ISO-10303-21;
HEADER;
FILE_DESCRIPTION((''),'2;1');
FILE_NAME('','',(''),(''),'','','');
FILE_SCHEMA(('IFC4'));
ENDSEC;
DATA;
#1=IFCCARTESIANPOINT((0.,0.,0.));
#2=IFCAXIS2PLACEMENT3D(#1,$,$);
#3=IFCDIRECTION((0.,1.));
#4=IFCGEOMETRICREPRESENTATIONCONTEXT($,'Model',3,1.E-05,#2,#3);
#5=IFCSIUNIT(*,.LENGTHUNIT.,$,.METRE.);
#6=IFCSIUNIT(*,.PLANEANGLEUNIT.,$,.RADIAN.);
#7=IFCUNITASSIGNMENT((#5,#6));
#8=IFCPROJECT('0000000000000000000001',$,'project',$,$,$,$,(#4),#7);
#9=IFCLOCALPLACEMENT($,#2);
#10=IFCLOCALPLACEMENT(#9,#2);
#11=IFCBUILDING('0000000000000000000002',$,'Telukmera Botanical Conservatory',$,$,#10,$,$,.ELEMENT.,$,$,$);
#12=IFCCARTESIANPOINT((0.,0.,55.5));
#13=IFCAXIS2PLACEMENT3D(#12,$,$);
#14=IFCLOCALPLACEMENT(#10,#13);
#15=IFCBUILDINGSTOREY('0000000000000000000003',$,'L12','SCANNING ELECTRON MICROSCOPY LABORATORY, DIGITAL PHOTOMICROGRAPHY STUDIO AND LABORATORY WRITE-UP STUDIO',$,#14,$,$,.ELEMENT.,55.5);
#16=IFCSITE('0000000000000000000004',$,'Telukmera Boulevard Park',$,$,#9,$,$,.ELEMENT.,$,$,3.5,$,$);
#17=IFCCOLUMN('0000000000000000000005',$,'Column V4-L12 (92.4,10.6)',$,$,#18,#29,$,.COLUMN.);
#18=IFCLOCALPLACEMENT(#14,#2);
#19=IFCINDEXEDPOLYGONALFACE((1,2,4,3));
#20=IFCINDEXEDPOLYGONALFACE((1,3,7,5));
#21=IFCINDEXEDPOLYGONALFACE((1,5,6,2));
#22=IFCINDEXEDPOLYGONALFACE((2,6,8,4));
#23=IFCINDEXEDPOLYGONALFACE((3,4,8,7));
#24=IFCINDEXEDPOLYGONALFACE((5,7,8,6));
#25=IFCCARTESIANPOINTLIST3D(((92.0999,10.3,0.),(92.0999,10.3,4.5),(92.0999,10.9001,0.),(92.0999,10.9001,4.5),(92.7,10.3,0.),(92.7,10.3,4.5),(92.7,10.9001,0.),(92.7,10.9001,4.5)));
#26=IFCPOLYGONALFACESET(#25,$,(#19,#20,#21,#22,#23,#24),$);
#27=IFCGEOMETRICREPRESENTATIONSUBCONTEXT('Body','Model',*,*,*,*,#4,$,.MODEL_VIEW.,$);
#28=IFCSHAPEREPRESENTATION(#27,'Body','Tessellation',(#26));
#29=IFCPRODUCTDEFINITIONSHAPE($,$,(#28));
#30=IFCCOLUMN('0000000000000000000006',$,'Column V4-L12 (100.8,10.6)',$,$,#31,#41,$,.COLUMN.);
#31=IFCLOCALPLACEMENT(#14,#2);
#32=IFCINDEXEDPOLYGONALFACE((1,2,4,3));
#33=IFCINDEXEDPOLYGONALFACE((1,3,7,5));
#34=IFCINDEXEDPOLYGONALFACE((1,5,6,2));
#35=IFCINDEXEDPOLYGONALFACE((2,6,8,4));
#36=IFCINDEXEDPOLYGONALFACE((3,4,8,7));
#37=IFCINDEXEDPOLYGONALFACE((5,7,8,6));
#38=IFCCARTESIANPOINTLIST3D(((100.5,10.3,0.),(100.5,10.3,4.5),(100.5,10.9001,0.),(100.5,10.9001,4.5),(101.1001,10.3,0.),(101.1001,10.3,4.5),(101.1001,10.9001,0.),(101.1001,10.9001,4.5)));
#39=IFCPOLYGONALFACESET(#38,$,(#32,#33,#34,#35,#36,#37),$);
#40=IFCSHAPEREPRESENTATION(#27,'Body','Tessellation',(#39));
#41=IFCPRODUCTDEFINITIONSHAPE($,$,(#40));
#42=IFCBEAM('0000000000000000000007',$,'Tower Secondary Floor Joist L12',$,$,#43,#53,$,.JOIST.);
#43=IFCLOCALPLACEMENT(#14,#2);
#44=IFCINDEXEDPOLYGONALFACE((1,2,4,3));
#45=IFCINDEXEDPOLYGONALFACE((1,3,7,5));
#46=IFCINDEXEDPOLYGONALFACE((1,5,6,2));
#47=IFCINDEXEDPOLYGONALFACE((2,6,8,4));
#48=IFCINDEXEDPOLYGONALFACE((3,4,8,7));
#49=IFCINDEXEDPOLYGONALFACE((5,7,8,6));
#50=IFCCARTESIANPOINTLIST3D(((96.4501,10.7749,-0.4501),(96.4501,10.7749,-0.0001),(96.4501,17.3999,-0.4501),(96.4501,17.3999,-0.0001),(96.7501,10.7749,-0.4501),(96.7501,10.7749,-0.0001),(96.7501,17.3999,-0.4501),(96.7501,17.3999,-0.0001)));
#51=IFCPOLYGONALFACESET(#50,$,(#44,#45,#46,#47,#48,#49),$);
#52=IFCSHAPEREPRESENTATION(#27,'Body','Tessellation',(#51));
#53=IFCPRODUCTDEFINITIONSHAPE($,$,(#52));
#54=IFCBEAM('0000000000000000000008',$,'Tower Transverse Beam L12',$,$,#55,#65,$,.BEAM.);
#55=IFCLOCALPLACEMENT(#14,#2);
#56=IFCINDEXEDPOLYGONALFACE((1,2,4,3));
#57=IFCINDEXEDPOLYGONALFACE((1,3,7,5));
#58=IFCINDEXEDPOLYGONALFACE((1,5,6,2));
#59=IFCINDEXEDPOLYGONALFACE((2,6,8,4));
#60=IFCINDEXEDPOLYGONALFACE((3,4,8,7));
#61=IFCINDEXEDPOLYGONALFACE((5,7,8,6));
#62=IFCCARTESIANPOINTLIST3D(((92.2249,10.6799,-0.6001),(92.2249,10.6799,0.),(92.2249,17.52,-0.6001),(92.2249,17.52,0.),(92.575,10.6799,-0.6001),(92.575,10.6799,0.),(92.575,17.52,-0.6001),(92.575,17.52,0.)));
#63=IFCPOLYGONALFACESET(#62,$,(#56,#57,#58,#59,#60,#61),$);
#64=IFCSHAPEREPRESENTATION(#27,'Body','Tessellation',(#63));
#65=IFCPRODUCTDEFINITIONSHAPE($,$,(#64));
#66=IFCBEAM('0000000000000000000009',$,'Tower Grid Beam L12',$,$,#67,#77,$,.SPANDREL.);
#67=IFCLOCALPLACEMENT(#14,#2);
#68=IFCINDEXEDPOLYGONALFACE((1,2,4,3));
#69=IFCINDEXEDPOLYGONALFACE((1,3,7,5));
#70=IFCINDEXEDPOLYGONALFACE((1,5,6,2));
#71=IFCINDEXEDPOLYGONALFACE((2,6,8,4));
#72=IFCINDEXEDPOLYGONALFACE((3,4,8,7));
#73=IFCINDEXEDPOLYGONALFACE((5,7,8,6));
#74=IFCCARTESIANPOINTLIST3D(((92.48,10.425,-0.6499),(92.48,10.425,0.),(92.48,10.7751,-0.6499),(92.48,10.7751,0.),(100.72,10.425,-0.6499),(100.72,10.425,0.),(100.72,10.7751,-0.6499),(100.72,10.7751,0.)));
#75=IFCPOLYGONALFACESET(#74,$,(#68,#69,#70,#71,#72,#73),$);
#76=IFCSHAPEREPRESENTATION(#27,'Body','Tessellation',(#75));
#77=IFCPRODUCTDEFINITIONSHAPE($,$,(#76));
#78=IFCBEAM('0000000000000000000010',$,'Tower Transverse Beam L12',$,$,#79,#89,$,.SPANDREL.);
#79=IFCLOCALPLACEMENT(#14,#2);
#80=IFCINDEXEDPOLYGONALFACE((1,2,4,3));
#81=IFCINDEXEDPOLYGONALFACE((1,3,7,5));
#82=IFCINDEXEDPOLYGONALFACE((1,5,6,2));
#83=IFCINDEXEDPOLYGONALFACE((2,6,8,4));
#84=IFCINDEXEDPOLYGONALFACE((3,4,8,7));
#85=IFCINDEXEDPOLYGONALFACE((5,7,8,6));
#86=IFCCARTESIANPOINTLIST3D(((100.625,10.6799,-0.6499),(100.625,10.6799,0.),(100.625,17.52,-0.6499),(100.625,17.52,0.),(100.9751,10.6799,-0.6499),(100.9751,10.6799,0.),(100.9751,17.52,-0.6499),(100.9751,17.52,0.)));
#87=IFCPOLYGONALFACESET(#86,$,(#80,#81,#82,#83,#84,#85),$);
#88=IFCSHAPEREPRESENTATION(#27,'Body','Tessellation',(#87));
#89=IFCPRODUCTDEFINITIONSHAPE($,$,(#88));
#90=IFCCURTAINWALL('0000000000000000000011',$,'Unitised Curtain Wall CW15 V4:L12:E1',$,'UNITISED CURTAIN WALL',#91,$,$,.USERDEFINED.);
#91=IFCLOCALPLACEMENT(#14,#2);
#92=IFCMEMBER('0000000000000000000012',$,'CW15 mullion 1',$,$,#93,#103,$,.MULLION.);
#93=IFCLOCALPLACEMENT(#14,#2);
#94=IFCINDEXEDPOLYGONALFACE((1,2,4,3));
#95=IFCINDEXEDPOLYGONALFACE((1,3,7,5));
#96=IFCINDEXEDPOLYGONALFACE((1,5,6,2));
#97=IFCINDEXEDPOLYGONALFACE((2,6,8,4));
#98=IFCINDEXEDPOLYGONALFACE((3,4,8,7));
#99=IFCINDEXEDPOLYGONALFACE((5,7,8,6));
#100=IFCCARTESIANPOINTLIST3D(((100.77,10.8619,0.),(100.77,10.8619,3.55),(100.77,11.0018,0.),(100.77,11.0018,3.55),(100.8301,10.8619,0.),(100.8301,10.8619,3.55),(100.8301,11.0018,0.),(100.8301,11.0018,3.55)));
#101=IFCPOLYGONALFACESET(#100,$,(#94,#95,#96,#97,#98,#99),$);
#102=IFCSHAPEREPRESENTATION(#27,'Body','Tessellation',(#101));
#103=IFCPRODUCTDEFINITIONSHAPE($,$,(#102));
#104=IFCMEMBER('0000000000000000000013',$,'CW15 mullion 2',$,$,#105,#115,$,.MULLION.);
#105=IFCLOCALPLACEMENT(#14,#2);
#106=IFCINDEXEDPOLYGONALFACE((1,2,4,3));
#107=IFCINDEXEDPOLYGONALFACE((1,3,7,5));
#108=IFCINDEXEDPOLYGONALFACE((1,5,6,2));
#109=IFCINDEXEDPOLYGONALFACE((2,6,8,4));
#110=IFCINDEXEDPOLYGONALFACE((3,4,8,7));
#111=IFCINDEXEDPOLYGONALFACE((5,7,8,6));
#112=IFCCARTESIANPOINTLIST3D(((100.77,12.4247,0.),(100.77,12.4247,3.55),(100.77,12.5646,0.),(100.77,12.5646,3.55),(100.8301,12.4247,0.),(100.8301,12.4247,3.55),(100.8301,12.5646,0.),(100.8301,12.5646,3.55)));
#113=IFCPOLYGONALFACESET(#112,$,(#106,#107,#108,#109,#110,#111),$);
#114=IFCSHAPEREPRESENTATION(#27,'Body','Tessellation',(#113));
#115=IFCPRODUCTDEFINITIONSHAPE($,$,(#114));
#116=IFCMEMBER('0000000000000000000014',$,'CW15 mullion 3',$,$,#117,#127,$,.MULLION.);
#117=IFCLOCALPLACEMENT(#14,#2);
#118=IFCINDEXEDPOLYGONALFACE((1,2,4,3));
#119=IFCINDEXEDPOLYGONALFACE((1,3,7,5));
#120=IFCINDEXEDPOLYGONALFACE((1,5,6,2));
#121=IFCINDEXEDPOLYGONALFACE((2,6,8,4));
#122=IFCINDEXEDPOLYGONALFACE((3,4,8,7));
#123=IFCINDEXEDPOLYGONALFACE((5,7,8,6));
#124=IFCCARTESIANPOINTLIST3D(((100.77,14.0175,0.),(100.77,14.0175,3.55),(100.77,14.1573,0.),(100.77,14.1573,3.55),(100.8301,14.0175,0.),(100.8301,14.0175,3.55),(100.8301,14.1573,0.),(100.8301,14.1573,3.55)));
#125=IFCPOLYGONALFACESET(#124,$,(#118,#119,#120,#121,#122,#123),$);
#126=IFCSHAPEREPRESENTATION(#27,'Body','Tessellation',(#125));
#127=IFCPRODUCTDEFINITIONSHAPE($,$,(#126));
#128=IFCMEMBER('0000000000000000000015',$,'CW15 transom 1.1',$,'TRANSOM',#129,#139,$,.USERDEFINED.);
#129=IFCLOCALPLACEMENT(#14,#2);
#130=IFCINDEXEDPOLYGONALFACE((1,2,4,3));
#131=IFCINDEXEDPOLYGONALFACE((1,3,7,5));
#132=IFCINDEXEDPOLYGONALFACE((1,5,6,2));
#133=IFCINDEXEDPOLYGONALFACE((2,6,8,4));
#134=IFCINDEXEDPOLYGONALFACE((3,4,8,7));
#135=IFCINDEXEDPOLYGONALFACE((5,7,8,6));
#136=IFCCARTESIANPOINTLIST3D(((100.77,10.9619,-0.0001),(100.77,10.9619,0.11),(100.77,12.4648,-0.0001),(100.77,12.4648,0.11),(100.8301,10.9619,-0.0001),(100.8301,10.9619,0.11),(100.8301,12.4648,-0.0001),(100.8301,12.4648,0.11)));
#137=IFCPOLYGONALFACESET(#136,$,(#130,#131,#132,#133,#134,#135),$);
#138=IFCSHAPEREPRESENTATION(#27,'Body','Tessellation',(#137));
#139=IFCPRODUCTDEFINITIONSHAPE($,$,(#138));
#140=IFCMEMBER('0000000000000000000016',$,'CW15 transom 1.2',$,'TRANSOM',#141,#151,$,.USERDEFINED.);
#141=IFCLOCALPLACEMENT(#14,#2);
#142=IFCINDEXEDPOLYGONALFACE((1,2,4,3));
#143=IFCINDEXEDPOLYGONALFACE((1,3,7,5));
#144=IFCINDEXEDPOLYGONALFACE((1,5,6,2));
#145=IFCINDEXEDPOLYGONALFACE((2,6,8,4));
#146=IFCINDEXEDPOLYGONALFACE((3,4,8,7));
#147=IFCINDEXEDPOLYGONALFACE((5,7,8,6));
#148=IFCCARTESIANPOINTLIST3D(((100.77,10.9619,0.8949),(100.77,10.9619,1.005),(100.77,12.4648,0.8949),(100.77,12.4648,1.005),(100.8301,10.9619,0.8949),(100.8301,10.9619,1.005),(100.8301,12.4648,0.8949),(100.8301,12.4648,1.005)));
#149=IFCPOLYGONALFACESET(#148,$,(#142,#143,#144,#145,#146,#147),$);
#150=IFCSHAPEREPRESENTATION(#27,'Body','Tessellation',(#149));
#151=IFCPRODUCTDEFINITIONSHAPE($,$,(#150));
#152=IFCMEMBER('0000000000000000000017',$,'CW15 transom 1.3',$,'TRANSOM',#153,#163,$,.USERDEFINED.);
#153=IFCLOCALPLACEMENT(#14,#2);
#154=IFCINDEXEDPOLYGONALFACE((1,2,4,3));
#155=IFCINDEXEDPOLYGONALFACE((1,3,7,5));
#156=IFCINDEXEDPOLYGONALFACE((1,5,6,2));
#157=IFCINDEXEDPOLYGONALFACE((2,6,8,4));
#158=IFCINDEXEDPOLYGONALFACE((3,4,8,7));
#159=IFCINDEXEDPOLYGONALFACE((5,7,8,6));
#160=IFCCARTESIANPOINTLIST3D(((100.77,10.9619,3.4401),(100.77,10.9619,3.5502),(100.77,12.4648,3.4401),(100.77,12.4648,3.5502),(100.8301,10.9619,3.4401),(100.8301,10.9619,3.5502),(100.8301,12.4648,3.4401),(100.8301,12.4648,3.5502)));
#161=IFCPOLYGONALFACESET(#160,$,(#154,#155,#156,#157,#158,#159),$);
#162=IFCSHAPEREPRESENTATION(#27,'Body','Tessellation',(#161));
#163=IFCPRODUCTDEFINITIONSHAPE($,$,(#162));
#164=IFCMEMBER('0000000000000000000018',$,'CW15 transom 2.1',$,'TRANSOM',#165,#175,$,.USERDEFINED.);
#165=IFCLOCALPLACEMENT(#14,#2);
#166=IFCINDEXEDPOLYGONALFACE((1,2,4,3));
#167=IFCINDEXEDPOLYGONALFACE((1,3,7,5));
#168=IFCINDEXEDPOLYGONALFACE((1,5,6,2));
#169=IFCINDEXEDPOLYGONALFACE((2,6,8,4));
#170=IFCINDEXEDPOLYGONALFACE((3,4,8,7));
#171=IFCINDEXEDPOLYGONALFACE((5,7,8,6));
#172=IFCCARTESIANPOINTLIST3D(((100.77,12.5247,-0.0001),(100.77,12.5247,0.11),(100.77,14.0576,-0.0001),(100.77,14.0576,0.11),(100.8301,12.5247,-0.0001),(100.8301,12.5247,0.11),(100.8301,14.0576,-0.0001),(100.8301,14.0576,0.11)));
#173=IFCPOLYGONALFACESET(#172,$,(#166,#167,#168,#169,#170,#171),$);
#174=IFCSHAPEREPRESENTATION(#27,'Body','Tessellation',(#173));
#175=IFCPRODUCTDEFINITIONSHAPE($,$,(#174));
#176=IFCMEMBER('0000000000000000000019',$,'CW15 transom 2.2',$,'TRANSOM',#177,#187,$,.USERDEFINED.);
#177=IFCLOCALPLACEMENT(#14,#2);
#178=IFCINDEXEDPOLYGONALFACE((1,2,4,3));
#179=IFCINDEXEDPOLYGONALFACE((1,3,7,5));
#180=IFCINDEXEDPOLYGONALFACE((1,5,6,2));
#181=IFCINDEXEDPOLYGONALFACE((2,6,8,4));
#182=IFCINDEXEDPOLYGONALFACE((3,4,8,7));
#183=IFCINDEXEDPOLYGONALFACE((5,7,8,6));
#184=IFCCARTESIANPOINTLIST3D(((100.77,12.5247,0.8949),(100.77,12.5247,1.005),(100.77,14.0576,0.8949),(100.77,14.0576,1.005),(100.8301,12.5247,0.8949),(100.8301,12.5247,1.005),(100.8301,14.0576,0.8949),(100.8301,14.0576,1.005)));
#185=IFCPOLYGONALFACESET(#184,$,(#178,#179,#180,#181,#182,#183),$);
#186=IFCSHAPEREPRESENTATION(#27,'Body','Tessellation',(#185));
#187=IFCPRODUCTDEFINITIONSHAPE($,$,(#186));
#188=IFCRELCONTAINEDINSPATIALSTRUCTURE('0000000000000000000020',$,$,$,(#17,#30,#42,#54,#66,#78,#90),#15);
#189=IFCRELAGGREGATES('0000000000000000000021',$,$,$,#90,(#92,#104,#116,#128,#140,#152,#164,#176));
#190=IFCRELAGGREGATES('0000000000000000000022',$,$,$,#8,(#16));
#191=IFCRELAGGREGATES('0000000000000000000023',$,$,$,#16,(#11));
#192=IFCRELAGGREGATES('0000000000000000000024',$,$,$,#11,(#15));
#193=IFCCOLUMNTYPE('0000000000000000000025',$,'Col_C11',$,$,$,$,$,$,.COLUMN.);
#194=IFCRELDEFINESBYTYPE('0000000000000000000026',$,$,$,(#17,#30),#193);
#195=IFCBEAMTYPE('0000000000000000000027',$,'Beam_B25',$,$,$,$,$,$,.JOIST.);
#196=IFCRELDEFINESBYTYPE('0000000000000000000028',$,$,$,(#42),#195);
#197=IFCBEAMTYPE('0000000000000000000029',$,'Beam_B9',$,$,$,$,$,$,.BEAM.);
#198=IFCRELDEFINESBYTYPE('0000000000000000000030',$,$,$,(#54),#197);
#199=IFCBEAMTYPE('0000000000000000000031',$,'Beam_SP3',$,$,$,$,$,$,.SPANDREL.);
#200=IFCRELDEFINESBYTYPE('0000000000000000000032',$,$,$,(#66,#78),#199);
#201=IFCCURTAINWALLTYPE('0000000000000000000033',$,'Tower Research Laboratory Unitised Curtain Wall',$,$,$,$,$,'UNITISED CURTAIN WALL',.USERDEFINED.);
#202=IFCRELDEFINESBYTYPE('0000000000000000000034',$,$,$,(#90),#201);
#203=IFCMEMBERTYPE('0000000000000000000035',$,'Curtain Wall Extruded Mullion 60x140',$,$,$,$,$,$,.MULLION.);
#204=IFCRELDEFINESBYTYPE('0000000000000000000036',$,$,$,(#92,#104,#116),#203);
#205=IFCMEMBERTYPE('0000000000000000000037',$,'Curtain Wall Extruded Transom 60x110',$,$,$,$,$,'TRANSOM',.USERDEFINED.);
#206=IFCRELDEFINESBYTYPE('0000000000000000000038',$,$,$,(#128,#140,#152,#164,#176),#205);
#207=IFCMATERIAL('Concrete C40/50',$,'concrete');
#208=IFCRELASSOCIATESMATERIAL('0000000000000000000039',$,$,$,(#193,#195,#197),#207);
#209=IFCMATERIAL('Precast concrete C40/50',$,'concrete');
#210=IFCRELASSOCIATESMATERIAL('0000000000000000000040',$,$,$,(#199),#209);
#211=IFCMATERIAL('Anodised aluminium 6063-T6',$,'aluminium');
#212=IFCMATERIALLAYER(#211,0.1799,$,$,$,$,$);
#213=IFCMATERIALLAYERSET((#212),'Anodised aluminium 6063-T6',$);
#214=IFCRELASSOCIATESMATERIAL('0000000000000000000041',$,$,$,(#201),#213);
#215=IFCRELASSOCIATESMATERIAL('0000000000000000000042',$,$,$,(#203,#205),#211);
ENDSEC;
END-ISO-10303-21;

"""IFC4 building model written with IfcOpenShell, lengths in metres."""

from ifc_helpers import new_model, si_unit, direction, frame, origin, origin_2d, place, context, subcontext, project, spatial, rectangle, extrude, material, layer, layer_set, material_profile, profile_set, type_object, element, aggregate, save


model = new_model("IFC4")

# Units and contexts
model_context = context("Model", 3, precision=1e-05, world=origin(), true_north=direction((0.0, 1.0)))
body_context = subcontext(model_context, "Body", "Model", "MODEL_VIEW")
ifc_project = project(units=[si_unit("LENGTHUNIT", "METRE"), si_unit("PLANEANGLEUNIT", "RADIAN")], contexts=[model_context])

# Site, building, storey
site_placement = place(None, origin())
site = spatial("IfcSite", under=ifc_project, at=site_placement, Name="Telukmera Boulevard Park", CompositionType="ELEMENT", RefElevation=3.5)
building_placement = place(site_placement, origin())
building = spatial("IfcBuilding", under=site, at=building_placement, Name="Telukmera Botanical Conservatory", CompositionType="ELEMENT")
storey_placement = place(building_placement, frame((0.0, 0.0, 55.5)))
storey = spatial("IfcBuildingStorey", under=building, at=storey_placement, Name="L12", Description="SCANNING ELECTRON MICROSCOPY LABORATORY, DIGITAL PHOTOMICROGRAPHY STUDIO AND LABORATORY WRITE-UP STUDIO", CompositionType="ELEMENT", Elevation=55.5)

# Columns
ifc_material_1 = material(Name="Concrete C40/50", Category="concrete")
ifc_material_profile_1 = material_profile(ifc_material_1, rectangle(XDim=0.6001, YDim=0.6001, at=origin_2d()), Name="RC 600x600")
ifc_profile_set_1 = profile_set([ifc_material_profile_1], Name="Concrete C40/50")
column_type = type_object("IfcColumnType", Name="Col_C11", PredefinedType="COLUMN", material=ifc_profile_set_1)
for number, where, z_axis, x_axis, name in (
    (1, (92.3999, 10.6001, 0.0), (0.0, 0.0, 1.0), (1.0, 0.0, 0.0), "Column V4-L12 (92.4,10.6)"),
    (2, (100.8, 10.6001, 0.0), (0.0, 0.0, 1.0), (1.0, 0.0, 0.0), "Column V4-L12 (100.8,10.6)"),
):
    element("IfcColumn", number, at=place(storey_placement, frame(where, z_axis=z_axis, x_axis=x_axis)), inside=storey, type_object=column_type, Name=name, PredefinedType="COLUMN", context=body_context, shape_type="SweptSolid", body=[
        extrude(rectangle(XDim=0.6001, YDim=0.6001, at=origin_2d()), origin(), (0.0, 0.0, 1.0), 4.5),
    ])

# Beams
ifc_material_profile_2 = material_profile(ifc_material_1, rectangle(XDim=0.3, YDim=0.45, at=origin_2d()), Name="RC 300x450")
ifc_profile_set_2 = profile_set([ifc_material_profile_2], Name="Concrete C40/50")
beam_type_1 = type_object("IfcBeamType", Name="Beam_B25", PredefinedType="JOIST", material=ifc_profile_set_2)
beam_1_placement = place(storey_placement, frame((96.6001, 10.7749, -0.2251), z_axis=(0.0, 1.0, 0.0), x_axis=(-1.0, 0.0, 0.0)))
element("IfcBeam", 3, at=beam_1_placement, inside=storey, type_object=beam_type_1, Name="Tower Secondary Floor Joist L12", PredefinedType="JOIST", context=body_context, shape_type="SweptSolid", body=[
    extrude(rectangle(XDim=0.3, YDim=0.45, at=origin_2d()), origin(), (0.0, 0.0, 1.0), 6.625),
])
ifc_material_profile_3 = material_profile(ifc_material_1, rectangle(XDim=0.3501, YDim=0.6001, at=origin_2d()), Name="RC 350x600")
ifc_profile_set_3 = profile_set([ifc_material_profile_3], Name="Concrete C40/50")
beam_type_2 = type_object("IfcBeamType", Name="Beam_B9", PredefinedType="BEAM", material=ifc_profile_set_3)
beam_2_placement = place(storey_placement, frame((92.3999, 10.6799, -0.3), z_axis=(0.0, 1.0, 0.0), x_axis=(-1.0, 0.0, 0.0)))
element("IfcBeam", 4, at=beam_2_placement, inside=storey, type_object=beam_type_2, Name="Tower Transverse Beam L12", PredefinedType="BEAM", context=body_context, shape_type="SweptSolid", body=[
    extrude(rectangle(XDim=0.3501, YDim=0.6001, at=origin_2d()), origin(), (0.0, 0.0, 1.0), 6.8401),
])
ifc_material_2 = material(Name="Precast concrete C40/50", Category="concrete")
ifc_material_profile_4 = material_profile(ifc_material_2, rectangle(XDim=0.3501, YDim=0.6499, at=origin_2d()), Name="PC 350x650")
ifc_profile_set_4 = profile_set([ifc_material_profile_4], Name="Precast concrete C40/50")
beam_type_3 = type_object("IfcBeamType", Name="Beam_SP3", PredefinedType="SPANDREL", material=ifc_profile_set_4)
beam_3_placement = place(storey_placement, frame((92.48, 10.6001, -0.325), z_axis=(1.0, 0.0, 0.0), x_axis=(0.0, 1.0, 0.0)))
element("IfcBeam", 5, at=beam_3_placement, inside=storey, type_object=beam_type_3, Name="Tower Grid Beam L12", PredefinedType="SPANDREL", context=body_context, shape_type="SweptSolid", body=[
    extrude(rectangle(XDim=0.3501, YDim=0.6499, at=origin_2d()), origin(), (0.0, 0.0, 1.0), 8.24),
])
beam_4_placement = place(storey_placement, frame((100.8, 10.6799, -0.325), z_axis=(0.0, 1.0, 0.0), x_axis=(-1.0, 0.0, 0.0)))
element("IfcBeam", 6, at=beam_4_placement, inside=storey, type_object=beam_type_3, Name="Tower Transverse Beam L12", PredefinedType="SPANDREL", context=body_context, shape_type="SweptSolid", body=[
    extrude(rectangle(XDim=0.3501, YDim=0.6499, at=origin_2d()), origin(), (0.0, 0.0, 1.0), 6.8401),
])

# Curtain wall, members
ifc_material_3 = material(Name="Anodised aluminium 6063-T6", Category="aluminium")
ifc_layer_1 = layer(ifc_material_3, 0.1799)
ifc_layer_set_1 = layer_set([ifc_layer_1], Name="Anodised aluminium 6063-T6")
curtain_wall_type = type_object("IfcCurtainWallType", Name="Tower Research Laboratory Unitised Curtain Wall", ElementType="UNITISED CURTAIN WALL", PredefinedType="USERDEFINED", material=ifc_layer_set_1)
curtain_wall_placement = place(storey_placement, origin())
curtain_wall = element("IfcCurtainWall", 7, at=curtain_wall_placement, inside=storey, type_object=curtain_wall_type, Name="Unitised Curtain Wall CW15 V4:L12:E1", ObjectType="UNITISED CURTAIN WALL", PredefinedType="USERDEFINED")
ifc_material_profile_5 = material_profile(ifc_material_3, rectangle(XDim=0.0601, YDim=0.1399, at=origin_2d()), Name="ALU MULL 60x140")
ifc_profile_set_5 = profile_set([ifc_material_profile_5], Name="Anodised aluminium 6063-T6")
member_type_1 = type_object("IfcMemberType", Name="Curtain Wall Extruded Mullion 60x140", PredefinedType="MULLION", material=ifc_profile_set_5)
member_1_placement = place(storey_placement, frame((100.8, 10.9319, 0.0), z_axis=(0.0, 0.0, 1.0), x_axis=(-1.0, 0.0, 0.0)))
member_1 = element("IfcMember", 8, at=member_1_placement, type_object=member_type_1, Name="CW15 mullion 1", PredefinedType="MULLION", context=body_context, shape_type="SweptSolid", body=[
    extrude(rectangle(XDim=0.0601, YDim=0.1399, at=origin_2d()), origin(), (0.0, 0.0, 1.0), 3.55),
])
member_2_placement = place(storey_placement, frame((100.8, 12.4946, 0.0), z_axis=(0.0, 0.0, 1.0), x_axis=(-1.0, 0.0, 0.0)))
member_2 = element("IfcMember", 9, at=member_2_placement, type_object=member_type_1, Name="CW15 mullion 2", PredefinedType="MULLION", context=body_context, shape_type="SweptSolid", body=[
    extrude(rectangle(XDim=0.0601, YDim=0.1399, at=origin_2d()), origin(), (0.0, 0.0, 1.0), 3.55),
])
member_3_placement = place(storey_placement, frame((100.8, 14.0874, 0.0), z_axis=(0.0, 0.0, 1.0), x_axis=(-1.0, 0.0, 0.0)))
member_3 = element("IfcMember", 10, at=member_3_placement, type_object=member_type_1, Name="CW15 mullion 3", PredefinedType="MULLION", context=body_context, shape_type="SweptSolid", body=[
    extrude(rectangle(XDim=0.0601, YDim=0.1399, at=origin_2d()), origin(), (0.0, 0.0, 1.0), 3.55),
])
ifc_material_profile_6 = material_profile(ifc_material_3, rectangle(XDim=0.0601, YDim=0.1101, at=origin_2d()), Name="ALU TRAN 60x110")
ifc_profile_set_6 = profile_set([ifc_material_profile_6], Name="Anodised aluminium 6063-T6")
member_type_2 = type_object("IfcMemberType", Name="Curtain Wall Extruded Transom 60x110", ElementType="TRANSOM", PredefinedType="USERDEFINED", material=ifc_profile_set_6)
member_4_placement = place(storey_placement, frame((100.8, 10.9619, 0.0549), z_axis=(0.0, 1.0, 0.0), x_axis=(-1.0, 0.0, 0.0)))
member_4 = element("IfcMember", 11, at=member_4_placement, type_object=member_type_2, Name="CW15 transom 1.1", ObjectType="TRANSOM", PredefinedType="USERDEFINED", context=body_context, shape_type="SweptSolid", body=[
    extrude(rectangle(XDim=0.0601, YDim=0.1101, at=origin_2d()), origin(), (0.0, 0.0, 1.0), 1.5029),
])
member_5_placement = place(storey_placement, frame((100.8, 10.9619, 0.95), z_axis=(0.0, 1.0, 0.0), x_axis=(-1.0, 0.0, 0.0)))
member_5 = element("IfcMember", 12, at=member_5_placement, type_object=member_type_2, Name="CW15 transom 1.2", ObjectType="TRANSOM", PredefinedType="USERDEFINED", context=body_context, shape_type="SweptSolid", body=[
    extrude(rectangle(XDim=0.0601, YDim=0.1101, at=origin_2d()), origin(), (0.0, 0.0, 1.0), 1.5029),
])
member_6_placement = place(storey_placement, frame((100.8, 10.9619, 3.4951), z_axis=(0.0, 1.0, 0.0), x_axis=(-1.0, 0.0, 0.0)))
member_6 = element("IfcMember", 13, at=member_6_placement, type_object=member_type_2, Name="CW15 transom 1.3", ObjectType="TRANSOM", PredefinedType="USERDEFINED", context=body_context, shape_type="SweptSolid", body=[
    extrude(rectangle(XDim=0.0601, YDim=0.1101, at=origin_2d()), origin(), (0.0, 0.0, 1.0), 1.5029),
])
member_7_placement = place(storey_placement, frame((100.8, 12.5247, 0.0549), z_axis=(0.0, 1.0, 0.0), x_axis=(-1.0, 0.0, 0.0)))
member_7 = element("IfcMember", 14, at=member_7_placement, type_object=member_type_2, Name="CW15 transom 2.1", ObjectType="TRANSOM", PredefinedType="USERDEFINED", context=body_context, shape_type="SweptSolid", body=[
    extrude(rectangle(XDim=0.0601, YDim=0.1101, at=origin_2d()), origin(), (0.0, 0.0, 1.0), 1.533),
])
member_8_placement = place(storey_placement, frame((100.8, 12.5247, 0.95), z_axis=(0.0, 1.0, 0.0), x_axis=(-1.0, 0.0, 0.0)))
member_8 = element("IfcMember", 15, at=member_8_placement, type_object=member_type_2, Name="CW15 transom 2.2", ObjectType="TRANSOM", PredefinedType="USERDEFINED", context=body_context, shape_type="SweptSolid", body=[
    extrude(rectangle(XDim=0.0601, YDim=0.1101, at=origin_2d()), origin(), (0.0, 0.0, 1.0), 1.533),
])
aggregate(curtain_wall, [member_1, member_2, member_3, member_4, member_5, member_6, member_7, member_8])

save(model, "model.ifc")
